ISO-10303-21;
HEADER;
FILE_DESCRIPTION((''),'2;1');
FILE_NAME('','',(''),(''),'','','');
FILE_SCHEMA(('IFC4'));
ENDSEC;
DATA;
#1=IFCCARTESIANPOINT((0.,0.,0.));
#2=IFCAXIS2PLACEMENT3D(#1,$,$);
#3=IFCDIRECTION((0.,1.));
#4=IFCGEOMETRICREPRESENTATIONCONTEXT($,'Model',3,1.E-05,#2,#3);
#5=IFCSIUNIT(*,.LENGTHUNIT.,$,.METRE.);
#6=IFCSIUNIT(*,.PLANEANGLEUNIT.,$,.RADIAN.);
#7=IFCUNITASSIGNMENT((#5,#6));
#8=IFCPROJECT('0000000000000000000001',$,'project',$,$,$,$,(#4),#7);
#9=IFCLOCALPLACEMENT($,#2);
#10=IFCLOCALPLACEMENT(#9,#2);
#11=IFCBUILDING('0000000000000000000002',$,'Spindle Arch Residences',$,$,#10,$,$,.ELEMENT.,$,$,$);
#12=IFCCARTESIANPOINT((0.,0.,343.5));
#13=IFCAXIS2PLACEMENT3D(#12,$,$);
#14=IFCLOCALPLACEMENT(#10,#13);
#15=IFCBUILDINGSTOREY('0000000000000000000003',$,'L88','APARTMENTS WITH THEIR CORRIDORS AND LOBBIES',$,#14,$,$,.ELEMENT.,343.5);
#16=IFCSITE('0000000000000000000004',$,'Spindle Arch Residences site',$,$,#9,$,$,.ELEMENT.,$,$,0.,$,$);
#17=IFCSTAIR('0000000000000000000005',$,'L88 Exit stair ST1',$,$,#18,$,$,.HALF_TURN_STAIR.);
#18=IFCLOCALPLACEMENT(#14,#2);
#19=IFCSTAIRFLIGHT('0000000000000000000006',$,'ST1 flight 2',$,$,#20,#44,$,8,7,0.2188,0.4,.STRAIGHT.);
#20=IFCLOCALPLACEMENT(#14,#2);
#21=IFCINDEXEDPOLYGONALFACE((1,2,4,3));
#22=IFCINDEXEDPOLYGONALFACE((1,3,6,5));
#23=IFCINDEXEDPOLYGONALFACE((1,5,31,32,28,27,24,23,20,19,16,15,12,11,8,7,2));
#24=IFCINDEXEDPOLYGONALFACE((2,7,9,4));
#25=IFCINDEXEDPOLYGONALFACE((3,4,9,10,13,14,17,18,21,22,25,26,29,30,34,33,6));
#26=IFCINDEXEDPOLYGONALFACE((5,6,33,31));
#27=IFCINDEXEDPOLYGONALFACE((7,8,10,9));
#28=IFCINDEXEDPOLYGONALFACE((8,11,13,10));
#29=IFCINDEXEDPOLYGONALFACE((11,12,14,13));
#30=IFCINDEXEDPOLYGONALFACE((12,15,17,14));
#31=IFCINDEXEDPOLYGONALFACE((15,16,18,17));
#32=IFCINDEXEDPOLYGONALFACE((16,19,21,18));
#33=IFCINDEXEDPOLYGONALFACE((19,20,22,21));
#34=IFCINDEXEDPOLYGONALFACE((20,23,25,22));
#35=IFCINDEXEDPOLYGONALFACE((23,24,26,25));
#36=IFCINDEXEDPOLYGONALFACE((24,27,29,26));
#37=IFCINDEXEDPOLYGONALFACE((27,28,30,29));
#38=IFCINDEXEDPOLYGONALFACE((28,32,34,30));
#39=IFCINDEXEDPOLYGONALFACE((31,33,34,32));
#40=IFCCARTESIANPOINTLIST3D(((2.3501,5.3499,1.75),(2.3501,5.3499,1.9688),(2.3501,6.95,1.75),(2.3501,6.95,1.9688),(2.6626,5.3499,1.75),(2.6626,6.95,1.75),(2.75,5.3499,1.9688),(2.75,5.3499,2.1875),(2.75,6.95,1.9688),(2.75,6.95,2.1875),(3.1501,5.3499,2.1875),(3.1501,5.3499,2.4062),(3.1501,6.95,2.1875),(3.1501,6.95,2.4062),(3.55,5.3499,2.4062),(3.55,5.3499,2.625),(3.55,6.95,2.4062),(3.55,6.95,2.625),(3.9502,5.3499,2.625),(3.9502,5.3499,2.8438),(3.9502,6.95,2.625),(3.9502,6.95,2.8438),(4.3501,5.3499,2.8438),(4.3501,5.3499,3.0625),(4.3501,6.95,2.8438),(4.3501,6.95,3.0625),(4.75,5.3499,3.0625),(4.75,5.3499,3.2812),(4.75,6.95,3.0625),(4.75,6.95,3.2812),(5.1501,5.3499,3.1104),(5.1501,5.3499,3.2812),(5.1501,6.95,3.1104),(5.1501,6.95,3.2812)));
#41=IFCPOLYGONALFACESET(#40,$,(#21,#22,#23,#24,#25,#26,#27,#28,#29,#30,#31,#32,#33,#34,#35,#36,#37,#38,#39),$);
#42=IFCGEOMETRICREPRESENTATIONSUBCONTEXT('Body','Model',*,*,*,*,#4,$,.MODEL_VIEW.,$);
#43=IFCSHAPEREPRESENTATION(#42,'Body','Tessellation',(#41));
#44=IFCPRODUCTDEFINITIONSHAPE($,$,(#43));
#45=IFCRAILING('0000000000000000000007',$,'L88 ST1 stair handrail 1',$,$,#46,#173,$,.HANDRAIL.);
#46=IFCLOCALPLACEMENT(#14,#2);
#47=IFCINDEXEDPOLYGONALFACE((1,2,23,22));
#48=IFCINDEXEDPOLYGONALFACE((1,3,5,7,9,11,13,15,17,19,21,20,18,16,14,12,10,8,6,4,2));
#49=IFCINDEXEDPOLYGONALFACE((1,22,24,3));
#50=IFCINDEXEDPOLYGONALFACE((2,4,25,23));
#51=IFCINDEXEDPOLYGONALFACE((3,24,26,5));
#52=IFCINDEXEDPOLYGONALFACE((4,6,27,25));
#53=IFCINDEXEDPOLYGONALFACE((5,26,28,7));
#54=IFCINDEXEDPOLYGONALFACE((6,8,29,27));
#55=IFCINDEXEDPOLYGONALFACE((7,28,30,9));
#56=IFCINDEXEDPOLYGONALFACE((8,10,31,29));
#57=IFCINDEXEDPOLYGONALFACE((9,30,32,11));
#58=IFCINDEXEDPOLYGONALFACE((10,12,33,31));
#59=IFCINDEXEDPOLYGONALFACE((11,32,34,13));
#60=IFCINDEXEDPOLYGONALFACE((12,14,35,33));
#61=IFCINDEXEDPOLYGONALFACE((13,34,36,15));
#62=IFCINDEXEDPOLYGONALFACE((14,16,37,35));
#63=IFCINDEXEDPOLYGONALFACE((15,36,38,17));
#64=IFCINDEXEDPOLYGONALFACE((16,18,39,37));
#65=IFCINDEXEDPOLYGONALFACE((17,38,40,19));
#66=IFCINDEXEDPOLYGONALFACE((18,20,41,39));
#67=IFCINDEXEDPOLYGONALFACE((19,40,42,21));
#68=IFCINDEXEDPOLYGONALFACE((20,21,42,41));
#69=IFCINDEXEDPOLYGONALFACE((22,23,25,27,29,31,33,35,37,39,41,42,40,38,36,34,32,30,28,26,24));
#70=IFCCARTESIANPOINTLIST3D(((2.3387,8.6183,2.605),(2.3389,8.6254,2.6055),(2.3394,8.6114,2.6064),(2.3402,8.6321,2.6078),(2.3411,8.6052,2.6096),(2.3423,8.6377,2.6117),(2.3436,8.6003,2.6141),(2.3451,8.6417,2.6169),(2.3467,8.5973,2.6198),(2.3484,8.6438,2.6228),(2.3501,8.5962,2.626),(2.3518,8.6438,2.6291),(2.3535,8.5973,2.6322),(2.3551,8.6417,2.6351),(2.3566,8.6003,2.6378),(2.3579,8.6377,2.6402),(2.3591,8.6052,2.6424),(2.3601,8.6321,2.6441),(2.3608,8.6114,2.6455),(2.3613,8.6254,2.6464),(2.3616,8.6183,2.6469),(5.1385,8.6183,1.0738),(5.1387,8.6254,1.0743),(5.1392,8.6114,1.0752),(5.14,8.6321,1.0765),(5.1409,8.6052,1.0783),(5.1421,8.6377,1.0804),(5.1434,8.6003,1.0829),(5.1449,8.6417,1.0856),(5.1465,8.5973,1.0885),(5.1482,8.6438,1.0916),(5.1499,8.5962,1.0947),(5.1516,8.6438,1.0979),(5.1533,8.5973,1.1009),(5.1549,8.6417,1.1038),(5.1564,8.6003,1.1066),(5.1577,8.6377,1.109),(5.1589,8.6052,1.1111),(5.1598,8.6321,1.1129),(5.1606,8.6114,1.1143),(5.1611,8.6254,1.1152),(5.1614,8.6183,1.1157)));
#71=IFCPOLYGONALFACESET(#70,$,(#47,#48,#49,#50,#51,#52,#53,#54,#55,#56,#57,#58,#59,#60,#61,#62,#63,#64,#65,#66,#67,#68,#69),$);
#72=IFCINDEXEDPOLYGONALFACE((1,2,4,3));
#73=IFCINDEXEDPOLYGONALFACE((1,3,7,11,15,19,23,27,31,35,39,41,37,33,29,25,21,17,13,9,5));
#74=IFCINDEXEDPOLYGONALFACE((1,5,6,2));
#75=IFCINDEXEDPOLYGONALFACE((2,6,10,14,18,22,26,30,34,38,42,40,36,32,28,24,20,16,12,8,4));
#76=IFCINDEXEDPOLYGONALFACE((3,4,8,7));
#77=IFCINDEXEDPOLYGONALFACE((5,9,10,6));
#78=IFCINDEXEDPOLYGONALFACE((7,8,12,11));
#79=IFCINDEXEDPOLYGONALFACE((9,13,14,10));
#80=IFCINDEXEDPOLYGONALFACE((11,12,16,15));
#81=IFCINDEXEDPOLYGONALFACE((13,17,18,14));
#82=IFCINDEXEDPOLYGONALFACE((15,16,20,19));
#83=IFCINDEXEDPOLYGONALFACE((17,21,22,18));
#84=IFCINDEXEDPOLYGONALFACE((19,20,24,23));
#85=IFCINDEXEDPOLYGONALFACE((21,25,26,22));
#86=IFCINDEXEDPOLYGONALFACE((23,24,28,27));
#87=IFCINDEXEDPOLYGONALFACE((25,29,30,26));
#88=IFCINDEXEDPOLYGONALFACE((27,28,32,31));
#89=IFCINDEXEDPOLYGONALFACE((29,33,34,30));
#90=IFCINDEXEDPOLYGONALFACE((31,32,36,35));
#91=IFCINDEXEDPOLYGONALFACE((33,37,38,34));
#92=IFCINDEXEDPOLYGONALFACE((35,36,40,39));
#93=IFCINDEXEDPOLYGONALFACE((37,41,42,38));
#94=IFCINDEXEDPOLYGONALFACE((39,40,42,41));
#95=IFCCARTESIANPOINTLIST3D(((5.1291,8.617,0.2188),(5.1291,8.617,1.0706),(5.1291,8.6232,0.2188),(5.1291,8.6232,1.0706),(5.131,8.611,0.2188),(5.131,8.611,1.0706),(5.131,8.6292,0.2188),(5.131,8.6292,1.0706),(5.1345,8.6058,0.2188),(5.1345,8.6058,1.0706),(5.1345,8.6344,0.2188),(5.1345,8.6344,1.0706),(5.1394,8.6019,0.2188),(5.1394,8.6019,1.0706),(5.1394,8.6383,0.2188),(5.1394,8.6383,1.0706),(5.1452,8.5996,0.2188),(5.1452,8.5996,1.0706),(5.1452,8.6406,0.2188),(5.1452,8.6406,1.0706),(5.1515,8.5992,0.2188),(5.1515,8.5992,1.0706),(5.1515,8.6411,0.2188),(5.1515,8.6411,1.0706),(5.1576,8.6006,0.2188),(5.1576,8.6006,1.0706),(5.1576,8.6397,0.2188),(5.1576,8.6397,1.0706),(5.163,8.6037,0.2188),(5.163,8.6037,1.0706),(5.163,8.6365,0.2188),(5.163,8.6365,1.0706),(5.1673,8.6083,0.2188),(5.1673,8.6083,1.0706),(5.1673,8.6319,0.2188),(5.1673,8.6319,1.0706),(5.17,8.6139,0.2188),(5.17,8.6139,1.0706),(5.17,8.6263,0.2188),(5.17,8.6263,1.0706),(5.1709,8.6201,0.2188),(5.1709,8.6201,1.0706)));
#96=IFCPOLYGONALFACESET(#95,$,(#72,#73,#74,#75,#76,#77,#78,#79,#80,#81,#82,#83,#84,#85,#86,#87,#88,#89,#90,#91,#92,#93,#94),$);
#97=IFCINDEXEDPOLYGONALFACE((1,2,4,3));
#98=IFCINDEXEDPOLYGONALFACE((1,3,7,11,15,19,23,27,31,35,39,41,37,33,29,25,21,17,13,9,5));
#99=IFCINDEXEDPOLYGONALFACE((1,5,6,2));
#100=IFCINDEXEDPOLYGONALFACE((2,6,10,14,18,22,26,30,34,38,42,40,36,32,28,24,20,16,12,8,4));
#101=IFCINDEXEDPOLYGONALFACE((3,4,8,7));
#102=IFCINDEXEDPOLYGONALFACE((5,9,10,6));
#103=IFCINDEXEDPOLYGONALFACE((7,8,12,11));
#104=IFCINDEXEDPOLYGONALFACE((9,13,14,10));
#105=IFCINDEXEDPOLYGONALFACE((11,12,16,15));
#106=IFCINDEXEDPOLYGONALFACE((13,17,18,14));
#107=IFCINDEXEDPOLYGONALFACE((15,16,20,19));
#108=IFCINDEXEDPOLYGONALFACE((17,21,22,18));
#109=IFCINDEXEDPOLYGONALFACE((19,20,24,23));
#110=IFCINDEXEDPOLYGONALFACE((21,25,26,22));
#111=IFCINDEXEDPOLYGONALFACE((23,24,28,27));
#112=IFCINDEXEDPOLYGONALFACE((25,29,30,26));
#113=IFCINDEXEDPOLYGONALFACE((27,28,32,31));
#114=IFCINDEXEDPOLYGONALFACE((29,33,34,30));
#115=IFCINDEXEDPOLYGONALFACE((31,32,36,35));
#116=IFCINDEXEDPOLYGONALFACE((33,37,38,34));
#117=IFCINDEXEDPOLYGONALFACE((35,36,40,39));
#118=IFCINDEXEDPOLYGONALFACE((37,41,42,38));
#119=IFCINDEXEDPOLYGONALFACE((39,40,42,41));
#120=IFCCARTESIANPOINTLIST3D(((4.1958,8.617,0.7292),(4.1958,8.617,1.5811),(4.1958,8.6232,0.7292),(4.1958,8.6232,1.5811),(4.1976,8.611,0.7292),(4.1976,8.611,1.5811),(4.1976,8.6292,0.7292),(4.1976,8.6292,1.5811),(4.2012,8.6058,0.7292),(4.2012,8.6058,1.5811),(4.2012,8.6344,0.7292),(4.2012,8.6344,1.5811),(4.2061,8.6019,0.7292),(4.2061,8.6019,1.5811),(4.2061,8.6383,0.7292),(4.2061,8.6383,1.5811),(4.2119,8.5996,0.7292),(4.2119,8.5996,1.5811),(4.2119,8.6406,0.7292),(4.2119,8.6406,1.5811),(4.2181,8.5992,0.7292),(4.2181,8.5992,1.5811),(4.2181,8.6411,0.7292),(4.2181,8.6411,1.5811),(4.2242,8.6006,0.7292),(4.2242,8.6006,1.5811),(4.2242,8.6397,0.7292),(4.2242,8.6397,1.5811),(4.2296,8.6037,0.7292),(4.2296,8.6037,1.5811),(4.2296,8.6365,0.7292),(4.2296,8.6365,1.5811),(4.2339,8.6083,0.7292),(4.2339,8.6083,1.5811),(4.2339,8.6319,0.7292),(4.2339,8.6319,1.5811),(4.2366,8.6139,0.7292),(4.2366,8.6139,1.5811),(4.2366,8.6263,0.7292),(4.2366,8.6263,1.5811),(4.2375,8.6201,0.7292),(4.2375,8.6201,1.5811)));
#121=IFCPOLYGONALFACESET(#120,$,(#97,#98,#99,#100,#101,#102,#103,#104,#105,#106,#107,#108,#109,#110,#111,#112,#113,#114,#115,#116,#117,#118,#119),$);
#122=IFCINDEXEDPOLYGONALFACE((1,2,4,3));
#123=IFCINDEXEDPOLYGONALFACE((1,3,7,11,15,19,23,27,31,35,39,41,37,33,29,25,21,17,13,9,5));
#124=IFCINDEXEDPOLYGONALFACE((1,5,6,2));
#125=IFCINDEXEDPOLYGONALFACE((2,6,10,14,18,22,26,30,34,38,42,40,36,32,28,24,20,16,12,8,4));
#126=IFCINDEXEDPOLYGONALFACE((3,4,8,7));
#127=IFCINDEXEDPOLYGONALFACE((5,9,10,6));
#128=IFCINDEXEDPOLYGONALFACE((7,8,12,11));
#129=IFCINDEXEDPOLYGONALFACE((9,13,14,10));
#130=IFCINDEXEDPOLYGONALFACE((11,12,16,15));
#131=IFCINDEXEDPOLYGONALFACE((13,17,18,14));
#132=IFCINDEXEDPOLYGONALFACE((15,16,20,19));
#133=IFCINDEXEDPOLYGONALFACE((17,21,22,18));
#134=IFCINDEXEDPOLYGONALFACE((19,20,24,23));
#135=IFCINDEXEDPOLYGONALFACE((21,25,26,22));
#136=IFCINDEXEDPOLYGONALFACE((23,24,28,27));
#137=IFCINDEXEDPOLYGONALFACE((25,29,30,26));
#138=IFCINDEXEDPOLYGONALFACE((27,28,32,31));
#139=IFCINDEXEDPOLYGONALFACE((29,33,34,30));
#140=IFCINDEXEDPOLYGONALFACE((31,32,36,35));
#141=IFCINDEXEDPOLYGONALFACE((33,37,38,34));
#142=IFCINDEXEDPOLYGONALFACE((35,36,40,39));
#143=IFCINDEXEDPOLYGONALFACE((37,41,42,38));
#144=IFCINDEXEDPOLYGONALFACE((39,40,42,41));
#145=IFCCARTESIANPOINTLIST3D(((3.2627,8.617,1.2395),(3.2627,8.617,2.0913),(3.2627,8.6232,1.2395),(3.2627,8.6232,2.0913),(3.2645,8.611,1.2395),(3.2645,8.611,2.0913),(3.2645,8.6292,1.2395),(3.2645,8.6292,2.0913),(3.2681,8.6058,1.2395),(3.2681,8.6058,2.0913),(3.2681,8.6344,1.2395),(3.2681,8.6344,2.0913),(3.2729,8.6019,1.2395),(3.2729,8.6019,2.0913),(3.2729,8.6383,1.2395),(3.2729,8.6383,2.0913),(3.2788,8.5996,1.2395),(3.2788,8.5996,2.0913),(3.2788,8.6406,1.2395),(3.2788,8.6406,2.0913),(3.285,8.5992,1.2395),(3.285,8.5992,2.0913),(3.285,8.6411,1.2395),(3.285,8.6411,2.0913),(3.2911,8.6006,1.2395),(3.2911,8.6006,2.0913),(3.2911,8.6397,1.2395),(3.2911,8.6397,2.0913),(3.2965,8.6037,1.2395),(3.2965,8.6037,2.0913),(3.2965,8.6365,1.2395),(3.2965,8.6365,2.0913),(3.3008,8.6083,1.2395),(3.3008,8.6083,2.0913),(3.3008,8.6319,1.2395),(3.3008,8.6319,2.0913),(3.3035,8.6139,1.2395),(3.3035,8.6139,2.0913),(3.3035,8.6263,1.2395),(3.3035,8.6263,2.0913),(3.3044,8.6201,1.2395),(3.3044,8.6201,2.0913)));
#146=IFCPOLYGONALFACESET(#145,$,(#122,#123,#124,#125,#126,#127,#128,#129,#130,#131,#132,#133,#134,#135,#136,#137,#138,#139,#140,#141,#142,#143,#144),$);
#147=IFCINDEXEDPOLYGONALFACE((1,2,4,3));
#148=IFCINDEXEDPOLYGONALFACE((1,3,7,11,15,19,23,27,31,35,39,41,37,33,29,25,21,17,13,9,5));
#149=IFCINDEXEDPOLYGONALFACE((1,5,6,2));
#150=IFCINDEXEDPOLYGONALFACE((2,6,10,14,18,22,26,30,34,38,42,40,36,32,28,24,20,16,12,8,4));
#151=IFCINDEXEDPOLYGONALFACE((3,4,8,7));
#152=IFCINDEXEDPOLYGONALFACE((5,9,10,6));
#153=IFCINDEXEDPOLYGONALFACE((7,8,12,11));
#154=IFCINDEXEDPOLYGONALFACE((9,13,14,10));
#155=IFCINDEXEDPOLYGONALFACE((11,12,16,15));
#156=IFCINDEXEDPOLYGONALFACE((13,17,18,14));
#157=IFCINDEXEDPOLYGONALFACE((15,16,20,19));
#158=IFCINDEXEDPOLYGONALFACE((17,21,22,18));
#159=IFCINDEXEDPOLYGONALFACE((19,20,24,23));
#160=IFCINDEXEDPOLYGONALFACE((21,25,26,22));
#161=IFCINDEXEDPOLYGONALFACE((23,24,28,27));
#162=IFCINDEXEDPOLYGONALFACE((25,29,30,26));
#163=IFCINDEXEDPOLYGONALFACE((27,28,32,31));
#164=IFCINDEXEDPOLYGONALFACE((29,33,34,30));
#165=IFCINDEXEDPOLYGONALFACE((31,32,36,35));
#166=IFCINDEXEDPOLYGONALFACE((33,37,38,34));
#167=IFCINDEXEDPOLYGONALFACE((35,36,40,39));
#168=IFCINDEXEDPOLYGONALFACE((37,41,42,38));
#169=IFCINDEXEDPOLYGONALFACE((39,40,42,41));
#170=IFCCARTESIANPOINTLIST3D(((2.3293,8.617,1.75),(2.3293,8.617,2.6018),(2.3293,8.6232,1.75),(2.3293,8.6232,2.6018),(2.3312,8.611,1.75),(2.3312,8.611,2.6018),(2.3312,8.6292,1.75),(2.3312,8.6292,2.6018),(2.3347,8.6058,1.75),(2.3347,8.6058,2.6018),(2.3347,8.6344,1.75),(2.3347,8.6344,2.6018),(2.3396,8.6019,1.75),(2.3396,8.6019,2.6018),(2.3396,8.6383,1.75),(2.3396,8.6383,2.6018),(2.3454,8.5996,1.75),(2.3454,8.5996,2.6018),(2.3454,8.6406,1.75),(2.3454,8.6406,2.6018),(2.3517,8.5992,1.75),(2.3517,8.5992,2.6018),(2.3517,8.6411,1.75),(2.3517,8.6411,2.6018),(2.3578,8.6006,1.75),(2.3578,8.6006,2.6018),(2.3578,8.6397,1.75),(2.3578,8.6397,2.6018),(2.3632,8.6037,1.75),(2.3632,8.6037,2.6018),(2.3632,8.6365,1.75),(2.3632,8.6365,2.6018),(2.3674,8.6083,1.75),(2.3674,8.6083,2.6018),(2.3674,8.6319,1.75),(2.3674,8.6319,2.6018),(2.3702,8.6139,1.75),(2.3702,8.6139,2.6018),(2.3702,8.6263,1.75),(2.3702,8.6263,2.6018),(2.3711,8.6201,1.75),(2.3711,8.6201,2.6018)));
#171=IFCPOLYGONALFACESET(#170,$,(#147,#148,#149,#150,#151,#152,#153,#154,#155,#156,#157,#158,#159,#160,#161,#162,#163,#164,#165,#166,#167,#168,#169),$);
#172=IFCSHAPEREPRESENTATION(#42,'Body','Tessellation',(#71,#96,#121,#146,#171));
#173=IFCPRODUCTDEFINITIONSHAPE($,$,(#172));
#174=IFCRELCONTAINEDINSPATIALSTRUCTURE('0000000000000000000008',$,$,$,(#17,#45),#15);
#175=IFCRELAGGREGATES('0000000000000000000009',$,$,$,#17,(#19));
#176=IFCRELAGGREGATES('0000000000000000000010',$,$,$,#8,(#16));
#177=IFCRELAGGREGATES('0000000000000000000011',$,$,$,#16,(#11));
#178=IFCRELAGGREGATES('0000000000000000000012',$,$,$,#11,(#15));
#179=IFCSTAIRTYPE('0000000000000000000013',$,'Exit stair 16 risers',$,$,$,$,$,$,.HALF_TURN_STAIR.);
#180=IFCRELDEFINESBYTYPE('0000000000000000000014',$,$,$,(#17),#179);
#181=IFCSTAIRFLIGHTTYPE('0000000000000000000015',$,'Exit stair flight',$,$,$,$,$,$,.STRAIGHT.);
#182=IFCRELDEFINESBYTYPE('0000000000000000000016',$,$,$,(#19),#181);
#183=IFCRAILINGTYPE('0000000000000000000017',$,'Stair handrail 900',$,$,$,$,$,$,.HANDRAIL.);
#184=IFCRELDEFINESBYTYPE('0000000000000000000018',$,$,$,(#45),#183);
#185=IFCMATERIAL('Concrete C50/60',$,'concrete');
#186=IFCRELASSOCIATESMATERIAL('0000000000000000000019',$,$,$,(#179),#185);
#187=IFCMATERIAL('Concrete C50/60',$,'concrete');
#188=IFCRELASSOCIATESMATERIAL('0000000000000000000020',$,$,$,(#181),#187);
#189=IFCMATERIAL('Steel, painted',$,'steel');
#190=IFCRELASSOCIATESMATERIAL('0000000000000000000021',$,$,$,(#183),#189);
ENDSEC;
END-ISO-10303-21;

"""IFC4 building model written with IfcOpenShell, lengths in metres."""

from ifc_helpers import new_model, si_unit, direction, frame, origin, origin_2d, place, context, subcontext, project, spatial, polyline, circle, outline, extrude, material, type_object, element, aggregate, save


model = new_model("IFC4")

# Units and contexts
model_context = context("Model", 3, precision=1e-05, world=origin(), true_north=direction((0.0, 1.0)))
body_context = subcontext(model_context, "Body", "Model", "MODEL_VIEW")
ifc_project = project(units=[si_unit("LENGTHUNIT", "METRE"), si_unit("PLANEANGLEUNIT", "RADIAN")], contexts=[model_context])

# Site, building, storey
site_placement = place(None, origin())
site = spatial("IfcSite", under=ifc_project, at=site_placement, Name="Spindle Arch Residences site", CompositionType="ELEMENT", RefElevation=0.0)
building_placement = place(site_placement, origin())
building = spatial("IfcBuilding", under=site, at=building_placement, Name="Spindle Arch Residences", CompositionType="ELEMENT")
storey_placement = place(building_placement, frame((0.0, 0.0, 343.5)))
storey = spatial("IfcBuildingStorey", under=building, at=storey_placement, Name="L88", Description="APARTMENTS WITH THEIR CORRIDORS AND LOBBIES", CompositionType="ELEMENT", Elevation=343.5)

# Stair, stair flight
ifc_material_1 = material(Name="Concrete C50/60", Category="concrete")
stair_type = type_object("IfcStairType", Name="Exit stair 16 risers", PredefinedType="HALF_TURN_STAIR", material=ifc_material_1)
stair_placement = place(storey_placement, origin())
stair = element("IfcStair", 1, at=stair_placement, inside=storey, type_object=stair_type, Name="L88 Exit stair ST1", PredefinedType="HALF_TURN_STAIR")
ifc_material_2 = material(Name="Concrete C50/60", Category="concrete")
stair_flight_type = type_object("IfcStairFlightType", Name="Exit stair flight", PredefinedType="STRAIGHT", material=ifc_material_2)
stair_flight_1_placement = place(storey_placement, frame((2.3501, 6.1499, 1.75), z_axis=(0.0, 0.0, 1.0), x_axis=(1.0, 0.0, 0.0)))
stair_flight_1 = element("IfcStairFlight", 2, at=stair_flight_1_placement, type_object=stair_flight_type, Name="ST1 flight 2", NumberOfRisers=8, NumberOfTreads=7, PredefinedType="STRAIGHT", RiserHeight=0.2188, TreadLength=0.4, context=body_context, shape_type="SweptSolid", body=[
    extrude(outline(polyline([(0.0, 0.0), (0.0, 0.2188), (0.3999, 0.2188), (0.3999, 0.4375), (0.8, 0.4375), (0.8, 0.6562), (1.2, 0.6562), (1.2, 0.875), (1.6001, 0.875), (1.6001, 1.0938), (2.0, 1.0938), (2.0, 1.3125), (2.3999, 1.3125), (2.3999, 1.5312), (2.8, 1.5312), (2.8, 1.75), (2.8, 1.3604), (0.3125, 0.0), (0.0, 0.0)])), frame((0.0, 0.8, 0.0), z_axis=(0.0, -1.0, 0.0), x_axis=(1.0, 0.0, 0.0)), (0.0, 0.0, 1.0), 1.6001),
])
aggregate(stair, [stair_flight_1])

# Railing
ifc_material_3 = material(Name="Steel, painted", Category="steel")
railing_type_1 = type_object("IfcRailingType", Name="Stair handrail 900", PredefinedType="HANDRAIL", material=ifc_material_3)
railing_1_placement = place(storey_placement, frame((5.1499, 8.6201, 0.2188)))
element("IfcRailing", 3, at=railing_1_placement, inside=storey, type_object=railing_type_1, Name="L88 ST1 stair handrail 1", PredefinedType="HANDRAIL", context=body_context, shape_type="SweptSolid", body=[
    extrude(circle(Radius=0.0239, at=origin_2d()), frame((0.0, 0.0, 0.876), z_axis=(-0.877357, 0.0, 0.479838), x_axis=(0.0, -1.0, 0.0)), (0.0, 0.0, 1.0), 3.1912),
    extrude(circle(Radius=0.021, at=origin_2d()), origin(), (0.0, 0.0, 1.0), 0.8518),
    extrude(circle(Radius=0.021, at=origin_2d()), frame((-0.9333, 0.0, 0.5105)), (0.0, 0.0, 1.0), 0.8518),
    extrude(circle(Radius=0.021, at=origin_2d()), frame((-1.8665, 0.0, 1.0208)), (0.0, 0.0, 1.0), 0.8518),
    extrude(circle(Radius=0.021, at=origin_2d()), frame((-2.7998, 0.0, 1.5312)), (0.0, 0.0, 1.0), 0.8518),
])

save(model, "model.ifc")
